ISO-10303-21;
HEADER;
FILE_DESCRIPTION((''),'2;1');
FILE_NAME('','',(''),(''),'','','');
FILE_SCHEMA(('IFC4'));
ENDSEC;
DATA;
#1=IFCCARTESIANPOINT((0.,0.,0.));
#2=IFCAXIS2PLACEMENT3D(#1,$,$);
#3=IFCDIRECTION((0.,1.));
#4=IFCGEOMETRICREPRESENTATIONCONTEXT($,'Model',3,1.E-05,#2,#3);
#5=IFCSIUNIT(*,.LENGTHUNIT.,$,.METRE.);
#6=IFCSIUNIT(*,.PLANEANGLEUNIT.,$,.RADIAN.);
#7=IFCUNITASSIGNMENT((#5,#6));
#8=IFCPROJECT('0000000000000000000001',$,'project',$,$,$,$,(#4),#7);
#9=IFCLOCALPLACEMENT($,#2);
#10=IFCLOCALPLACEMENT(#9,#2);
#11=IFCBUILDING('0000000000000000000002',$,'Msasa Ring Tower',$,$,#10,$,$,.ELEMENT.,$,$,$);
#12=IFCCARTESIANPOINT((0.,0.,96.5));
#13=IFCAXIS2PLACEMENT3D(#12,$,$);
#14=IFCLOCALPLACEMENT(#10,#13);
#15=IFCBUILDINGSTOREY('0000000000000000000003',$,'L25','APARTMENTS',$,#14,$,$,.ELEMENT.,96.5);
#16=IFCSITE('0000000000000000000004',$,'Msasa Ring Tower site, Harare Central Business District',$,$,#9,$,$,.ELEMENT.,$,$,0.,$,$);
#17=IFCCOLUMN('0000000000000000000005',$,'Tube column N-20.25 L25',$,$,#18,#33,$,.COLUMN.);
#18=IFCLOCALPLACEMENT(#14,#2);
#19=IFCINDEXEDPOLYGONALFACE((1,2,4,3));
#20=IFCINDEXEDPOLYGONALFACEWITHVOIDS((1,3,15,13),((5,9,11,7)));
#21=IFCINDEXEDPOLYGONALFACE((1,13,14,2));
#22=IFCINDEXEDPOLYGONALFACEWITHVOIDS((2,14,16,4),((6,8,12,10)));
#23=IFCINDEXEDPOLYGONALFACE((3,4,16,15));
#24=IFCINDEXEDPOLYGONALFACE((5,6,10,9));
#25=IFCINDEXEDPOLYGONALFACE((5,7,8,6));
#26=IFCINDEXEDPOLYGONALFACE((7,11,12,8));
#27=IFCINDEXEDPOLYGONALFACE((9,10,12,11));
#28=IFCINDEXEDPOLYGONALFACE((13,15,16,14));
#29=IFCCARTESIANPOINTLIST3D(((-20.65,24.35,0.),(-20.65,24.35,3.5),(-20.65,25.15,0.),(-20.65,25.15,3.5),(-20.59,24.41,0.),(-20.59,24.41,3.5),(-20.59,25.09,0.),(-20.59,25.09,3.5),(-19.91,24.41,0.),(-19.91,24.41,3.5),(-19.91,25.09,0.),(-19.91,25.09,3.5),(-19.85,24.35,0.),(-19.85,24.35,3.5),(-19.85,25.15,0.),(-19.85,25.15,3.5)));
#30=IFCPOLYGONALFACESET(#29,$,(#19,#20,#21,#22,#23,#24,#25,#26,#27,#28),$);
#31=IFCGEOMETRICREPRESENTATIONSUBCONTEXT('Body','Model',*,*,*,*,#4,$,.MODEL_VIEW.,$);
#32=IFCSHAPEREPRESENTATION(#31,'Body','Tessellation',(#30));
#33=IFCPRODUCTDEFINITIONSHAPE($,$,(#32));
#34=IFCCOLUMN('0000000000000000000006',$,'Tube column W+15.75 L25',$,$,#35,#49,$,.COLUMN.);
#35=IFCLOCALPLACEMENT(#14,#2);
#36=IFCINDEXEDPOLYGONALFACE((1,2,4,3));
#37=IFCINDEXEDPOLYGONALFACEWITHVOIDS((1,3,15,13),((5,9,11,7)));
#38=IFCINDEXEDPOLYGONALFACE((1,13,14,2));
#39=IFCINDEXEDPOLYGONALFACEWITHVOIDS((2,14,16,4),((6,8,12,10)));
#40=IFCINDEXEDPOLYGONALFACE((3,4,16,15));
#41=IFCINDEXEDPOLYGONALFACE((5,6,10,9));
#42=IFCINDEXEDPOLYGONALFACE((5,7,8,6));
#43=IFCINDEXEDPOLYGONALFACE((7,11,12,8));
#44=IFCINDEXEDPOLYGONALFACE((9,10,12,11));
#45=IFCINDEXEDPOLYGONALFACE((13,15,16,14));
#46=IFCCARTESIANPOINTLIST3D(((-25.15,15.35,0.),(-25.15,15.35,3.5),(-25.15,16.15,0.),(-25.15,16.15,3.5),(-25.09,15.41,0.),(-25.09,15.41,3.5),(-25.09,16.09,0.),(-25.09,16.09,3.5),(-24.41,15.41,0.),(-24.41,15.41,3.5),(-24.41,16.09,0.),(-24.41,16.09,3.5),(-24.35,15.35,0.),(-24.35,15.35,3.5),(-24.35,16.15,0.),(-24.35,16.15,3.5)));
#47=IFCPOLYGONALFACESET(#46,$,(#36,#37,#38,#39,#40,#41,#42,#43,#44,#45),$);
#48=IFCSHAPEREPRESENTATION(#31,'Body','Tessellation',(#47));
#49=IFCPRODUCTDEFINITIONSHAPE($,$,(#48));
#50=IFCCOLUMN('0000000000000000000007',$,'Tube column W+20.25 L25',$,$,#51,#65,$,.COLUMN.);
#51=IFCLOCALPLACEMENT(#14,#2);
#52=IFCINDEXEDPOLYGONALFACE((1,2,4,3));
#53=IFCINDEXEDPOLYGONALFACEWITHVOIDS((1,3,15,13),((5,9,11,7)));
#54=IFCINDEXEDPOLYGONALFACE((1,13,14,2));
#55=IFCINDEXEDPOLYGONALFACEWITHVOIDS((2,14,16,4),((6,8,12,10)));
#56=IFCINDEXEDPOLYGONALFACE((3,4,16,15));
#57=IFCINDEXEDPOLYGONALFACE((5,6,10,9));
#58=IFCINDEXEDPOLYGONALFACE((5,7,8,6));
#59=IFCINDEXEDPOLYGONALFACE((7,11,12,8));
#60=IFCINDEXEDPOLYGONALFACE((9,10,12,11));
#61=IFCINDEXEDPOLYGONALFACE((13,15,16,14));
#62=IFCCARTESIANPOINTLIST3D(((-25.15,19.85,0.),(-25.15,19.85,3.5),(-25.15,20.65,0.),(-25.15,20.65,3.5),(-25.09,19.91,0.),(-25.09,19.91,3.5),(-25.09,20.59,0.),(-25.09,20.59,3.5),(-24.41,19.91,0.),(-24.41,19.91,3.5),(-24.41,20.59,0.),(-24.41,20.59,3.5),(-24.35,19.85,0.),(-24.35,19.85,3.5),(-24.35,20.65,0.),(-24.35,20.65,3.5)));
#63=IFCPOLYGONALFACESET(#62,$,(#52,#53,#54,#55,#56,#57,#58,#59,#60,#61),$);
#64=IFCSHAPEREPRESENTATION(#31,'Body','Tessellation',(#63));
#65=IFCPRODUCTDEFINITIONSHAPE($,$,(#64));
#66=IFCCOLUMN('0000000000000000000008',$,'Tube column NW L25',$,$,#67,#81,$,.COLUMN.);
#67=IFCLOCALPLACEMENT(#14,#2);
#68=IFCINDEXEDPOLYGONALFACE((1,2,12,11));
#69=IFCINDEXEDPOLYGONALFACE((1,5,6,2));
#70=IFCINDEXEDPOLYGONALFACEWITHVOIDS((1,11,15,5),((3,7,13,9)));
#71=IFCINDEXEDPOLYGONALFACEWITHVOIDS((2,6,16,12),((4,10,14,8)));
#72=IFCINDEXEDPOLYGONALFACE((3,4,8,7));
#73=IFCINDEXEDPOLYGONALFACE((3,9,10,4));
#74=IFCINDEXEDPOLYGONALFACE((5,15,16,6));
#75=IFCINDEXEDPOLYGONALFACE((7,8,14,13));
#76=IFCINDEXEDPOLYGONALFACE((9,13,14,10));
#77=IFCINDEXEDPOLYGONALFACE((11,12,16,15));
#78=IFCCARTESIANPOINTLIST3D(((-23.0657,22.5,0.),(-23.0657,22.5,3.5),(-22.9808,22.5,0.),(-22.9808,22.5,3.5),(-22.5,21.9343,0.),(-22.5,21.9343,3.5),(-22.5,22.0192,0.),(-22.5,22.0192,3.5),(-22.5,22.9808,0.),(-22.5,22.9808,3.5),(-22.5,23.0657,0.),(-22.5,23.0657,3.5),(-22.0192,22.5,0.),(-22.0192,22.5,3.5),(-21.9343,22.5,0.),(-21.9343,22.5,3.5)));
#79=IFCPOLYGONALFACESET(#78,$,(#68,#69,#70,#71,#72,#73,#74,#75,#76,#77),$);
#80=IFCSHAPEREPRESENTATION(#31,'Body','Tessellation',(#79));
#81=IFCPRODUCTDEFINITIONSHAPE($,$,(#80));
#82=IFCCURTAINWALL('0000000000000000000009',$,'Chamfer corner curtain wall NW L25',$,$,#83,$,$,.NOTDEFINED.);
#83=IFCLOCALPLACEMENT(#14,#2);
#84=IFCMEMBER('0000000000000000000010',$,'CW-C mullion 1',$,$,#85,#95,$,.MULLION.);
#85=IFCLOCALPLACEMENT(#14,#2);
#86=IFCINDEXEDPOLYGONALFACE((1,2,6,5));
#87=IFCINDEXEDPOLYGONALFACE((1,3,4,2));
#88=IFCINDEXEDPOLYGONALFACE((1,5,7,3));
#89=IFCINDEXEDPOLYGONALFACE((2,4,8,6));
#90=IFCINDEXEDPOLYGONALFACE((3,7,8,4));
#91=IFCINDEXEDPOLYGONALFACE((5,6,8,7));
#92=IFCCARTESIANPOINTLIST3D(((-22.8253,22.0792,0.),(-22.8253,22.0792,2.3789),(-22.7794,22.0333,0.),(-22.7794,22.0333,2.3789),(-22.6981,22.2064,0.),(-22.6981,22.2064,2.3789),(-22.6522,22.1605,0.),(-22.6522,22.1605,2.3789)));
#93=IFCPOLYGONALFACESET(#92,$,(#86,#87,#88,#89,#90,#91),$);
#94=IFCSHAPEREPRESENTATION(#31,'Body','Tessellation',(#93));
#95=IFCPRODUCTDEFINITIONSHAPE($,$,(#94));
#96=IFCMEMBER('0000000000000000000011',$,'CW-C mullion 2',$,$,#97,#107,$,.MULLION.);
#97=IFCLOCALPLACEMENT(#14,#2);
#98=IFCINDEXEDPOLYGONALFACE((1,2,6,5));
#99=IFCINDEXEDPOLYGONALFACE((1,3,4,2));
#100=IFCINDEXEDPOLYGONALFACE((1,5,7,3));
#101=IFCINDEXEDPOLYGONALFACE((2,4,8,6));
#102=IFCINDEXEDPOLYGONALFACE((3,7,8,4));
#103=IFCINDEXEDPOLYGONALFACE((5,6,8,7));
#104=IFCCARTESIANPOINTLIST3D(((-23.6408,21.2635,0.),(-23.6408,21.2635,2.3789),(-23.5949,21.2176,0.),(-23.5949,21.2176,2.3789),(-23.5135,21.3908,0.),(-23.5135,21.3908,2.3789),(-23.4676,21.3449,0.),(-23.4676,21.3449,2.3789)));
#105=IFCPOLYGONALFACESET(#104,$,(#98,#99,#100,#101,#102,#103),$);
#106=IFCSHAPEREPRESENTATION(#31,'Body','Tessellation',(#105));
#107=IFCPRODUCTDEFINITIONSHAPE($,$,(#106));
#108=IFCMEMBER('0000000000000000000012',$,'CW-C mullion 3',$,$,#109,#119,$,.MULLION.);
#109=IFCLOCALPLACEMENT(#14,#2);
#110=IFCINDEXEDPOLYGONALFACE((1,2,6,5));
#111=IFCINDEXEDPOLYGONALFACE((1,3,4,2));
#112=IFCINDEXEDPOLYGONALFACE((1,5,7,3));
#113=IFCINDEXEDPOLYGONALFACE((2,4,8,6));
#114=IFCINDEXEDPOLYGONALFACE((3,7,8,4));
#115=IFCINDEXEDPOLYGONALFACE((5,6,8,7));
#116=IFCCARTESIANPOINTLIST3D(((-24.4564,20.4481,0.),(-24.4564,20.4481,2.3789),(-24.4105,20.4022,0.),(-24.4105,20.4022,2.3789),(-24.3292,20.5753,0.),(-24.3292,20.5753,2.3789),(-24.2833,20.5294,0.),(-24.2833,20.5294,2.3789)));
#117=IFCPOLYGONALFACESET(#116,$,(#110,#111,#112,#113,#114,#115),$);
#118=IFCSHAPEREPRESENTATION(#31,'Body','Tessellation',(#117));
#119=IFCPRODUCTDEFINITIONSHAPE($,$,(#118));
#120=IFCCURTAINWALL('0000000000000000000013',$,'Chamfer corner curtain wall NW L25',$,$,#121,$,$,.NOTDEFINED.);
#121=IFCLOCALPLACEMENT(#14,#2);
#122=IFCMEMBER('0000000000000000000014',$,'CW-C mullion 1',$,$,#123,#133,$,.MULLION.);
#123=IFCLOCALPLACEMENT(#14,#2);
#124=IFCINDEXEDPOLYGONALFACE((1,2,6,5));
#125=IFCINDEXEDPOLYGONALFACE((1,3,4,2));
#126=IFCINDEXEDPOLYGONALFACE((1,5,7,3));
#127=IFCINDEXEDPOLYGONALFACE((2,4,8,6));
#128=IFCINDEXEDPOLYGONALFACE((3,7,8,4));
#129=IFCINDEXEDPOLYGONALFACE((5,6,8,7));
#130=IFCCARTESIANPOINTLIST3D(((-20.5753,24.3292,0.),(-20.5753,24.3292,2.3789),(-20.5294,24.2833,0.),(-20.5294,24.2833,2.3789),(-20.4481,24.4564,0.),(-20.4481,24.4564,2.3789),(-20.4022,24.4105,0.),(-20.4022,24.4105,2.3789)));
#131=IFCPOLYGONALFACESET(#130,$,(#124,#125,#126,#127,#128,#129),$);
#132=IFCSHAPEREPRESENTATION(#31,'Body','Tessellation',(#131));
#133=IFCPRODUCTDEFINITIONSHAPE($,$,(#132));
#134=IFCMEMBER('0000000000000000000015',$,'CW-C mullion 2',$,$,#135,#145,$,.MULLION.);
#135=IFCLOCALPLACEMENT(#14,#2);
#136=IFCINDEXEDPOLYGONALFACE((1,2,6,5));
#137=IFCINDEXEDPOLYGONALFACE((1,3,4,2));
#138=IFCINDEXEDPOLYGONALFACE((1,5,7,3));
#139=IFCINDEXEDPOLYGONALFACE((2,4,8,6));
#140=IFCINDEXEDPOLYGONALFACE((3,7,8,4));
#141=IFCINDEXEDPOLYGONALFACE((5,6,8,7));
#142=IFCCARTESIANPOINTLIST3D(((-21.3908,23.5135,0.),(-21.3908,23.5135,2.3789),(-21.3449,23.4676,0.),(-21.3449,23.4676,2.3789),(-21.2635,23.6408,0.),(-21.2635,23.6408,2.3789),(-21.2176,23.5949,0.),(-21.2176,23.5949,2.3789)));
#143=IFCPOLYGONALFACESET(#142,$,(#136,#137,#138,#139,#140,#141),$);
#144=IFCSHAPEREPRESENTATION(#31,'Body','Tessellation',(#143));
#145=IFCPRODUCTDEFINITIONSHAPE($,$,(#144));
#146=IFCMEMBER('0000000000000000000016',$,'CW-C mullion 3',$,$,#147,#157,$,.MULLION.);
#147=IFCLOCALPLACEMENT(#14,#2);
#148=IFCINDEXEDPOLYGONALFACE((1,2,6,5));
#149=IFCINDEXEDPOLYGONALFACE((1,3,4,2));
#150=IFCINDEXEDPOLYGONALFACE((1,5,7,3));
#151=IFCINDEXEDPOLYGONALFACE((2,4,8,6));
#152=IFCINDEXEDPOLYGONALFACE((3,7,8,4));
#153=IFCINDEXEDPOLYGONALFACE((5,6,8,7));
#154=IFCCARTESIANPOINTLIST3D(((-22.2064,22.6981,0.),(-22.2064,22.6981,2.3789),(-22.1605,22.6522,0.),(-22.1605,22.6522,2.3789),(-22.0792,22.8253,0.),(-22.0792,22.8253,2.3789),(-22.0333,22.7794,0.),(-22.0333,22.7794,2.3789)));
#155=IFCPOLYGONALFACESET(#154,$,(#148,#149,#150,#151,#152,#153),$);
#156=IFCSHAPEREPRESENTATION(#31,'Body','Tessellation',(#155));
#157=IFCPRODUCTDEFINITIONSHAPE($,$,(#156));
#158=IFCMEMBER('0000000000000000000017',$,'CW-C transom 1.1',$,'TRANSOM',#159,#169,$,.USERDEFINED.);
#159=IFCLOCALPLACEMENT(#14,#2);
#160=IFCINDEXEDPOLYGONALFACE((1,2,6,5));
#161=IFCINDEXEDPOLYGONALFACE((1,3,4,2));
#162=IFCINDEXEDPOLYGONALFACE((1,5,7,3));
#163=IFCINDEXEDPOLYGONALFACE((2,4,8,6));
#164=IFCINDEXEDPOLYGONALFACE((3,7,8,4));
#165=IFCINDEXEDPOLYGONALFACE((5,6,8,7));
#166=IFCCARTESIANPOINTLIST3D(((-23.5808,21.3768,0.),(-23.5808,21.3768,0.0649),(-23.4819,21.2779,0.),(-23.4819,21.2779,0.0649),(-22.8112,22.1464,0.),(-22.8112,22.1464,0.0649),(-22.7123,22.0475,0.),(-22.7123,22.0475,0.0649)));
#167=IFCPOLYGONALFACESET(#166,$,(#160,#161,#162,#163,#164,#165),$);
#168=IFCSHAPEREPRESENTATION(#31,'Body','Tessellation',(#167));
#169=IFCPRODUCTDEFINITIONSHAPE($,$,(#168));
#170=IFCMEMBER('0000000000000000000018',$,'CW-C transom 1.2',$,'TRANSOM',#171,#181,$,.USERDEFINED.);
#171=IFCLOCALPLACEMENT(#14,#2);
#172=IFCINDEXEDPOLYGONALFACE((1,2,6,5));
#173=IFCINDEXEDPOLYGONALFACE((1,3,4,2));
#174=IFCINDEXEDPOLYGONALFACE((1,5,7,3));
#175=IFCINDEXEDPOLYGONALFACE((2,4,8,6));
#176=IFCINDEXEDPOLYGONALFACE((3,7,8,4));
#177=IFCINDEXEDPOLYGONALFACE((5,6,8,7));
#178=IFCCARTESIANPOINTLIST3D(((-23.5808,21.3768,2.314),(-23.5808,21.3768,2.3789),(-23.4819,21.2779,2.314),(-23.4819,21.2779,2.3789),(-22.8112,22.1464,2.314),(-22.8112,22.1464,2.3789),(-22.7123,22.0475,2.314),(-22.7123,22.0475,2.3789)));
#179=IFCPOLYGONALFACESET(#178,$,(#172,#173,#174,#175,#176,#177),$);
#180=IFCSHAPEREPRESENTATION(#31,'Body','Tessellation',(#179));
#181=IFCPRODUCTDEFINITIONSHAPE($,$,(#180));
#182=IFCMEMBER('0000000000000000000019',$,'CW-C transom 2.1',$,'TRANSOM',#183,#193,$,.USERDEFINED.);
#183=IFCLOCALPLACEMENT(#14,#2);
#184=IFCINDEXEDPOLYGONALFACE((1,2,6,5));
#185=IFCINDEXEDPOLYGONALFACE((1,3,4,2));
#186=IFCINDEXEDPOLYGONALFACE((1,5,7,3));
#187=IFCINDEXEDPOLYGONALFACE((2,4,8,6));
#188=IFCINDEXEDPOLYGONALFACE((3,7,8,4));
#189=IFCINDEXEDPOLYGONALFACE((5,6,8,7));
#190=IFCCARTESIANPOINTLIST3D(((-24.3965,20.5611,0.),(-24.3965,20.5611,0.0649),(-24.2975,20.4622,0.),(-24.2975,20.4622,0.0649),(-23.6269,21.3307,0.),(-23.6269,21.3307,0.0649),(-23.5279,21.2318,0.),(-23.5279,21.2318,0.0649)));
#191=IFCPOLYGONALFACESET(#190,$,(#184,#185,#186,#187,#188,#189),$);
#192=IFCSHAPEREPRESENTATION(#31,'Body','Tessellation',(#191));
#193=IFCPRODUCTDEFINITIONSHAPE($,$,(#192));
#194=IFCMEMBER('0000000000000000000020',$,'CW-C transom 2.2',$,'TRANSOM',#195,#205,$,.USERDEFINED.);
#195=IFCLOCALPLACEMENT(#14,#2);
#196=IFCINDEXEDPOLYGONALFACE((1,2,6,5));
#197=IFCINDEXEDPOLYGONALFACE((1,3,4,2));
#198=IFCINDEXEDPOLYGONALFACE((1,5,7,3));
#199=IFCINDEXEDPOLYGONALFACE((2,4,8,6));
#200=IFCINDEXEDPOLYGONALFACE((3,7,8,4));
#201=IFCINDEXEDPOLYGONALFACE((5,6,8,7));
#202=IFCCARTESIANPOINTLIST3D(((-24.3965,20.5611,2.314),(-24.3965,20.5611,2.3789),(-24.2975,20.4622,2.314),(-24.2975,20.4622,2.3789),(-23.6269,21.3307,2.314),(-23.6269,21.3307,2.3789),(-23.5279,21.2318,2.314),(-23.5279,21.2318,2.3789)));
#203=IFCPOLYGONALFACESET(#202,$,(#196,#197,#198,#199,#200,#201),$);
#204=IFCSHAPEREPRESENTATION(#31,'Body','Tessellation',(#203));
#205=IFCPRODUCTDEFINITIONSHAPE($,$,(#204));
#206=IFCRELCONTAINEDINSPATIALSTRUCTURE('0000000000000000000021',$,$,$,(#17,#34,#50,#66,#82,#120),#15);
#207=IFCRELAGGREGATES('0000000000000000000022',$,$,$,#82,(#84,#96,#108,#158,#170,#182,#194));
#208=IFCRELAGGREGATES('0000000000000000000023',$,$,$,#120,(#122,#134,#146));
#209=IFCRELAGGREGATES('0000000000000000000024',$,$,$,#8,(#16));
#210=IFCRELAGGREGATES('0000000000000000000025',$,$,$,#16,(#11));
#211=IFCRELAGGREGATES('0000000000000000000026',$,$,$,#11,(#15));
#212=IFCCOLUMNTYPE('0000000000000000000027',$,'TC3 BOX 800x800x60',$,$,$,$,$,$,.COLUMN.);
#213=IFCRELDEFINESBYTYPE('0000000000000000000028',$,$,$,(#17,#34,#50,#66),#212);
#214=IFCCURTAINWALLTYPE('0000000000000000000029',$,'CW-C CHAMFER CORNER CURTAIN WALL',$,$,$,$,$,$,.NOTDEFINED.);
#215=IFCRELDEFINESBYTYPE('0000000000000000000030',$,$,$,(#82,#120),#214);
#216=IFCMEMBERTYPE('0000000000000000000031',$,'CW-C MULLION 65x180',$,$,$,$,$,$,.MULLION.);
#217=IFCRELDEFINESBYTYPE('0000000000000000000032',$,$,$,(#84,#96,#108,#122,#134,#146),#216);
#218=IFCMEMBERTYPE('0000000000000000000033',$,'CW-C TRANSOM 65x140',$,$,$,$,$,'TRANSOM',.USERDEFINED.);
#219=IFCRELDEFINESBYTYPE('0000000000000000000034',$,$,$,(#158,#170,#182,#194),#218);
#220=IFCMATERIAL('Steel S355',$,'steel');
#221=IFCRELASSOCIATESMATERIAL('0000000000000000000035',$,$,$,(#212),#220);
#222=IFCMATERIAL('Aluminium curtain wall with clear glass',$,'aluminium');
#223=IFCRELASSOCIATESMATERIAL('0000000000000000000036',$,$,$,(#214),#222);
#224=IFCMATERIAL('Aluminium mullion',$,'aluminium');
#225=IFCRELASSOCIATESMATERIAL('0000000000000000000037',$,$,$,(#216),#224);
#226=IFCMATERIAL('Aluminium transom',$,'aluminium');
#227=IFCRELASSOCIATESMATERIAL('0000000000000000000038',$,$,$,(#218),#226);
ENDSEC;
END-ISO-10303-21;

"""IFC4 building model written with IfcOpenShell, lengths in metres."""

from ifc_helpers import new_model, si_unit, direction, frame, origin, origin_2d, place, context, subcontext, project, spatial, rectangle, hollow_rectangle, extrude, material, material_profile, profile_set, type_object, element, aggregate, save


model = new_model("IFC4")

# Units and contexts
model_context = context("Model", 3, precision=1e-05, world=origin(), true_north=direction((0.0, 1.0)))
body_context = subcontext(model_context, "Body", "Model", "MODEL_VIEW")
ifc_project = project(units=[si_unit("LENGTHUNIT", "METRE"), si_unit("PLANEANGLEUNIT", "RADIAN")], contexts=[model_context])

# Site, building, storey
site_placement = place(None, origin())
site = spatial("IfcSite", under=ifc_project, at=site_placement, Name="Msasa Ring Tower site, Harare Central Business District", CompositionType="ELEMENT", RefElevation=0.0)
building_placement = place(site_placement, origin())
building = spatial("IfcBuilding", under=site, at=building_placement, Name="Msasa Ring Tower", CompositionType="ELEMENT")
storey_placement = place(building_placement, frame((0.0, 0.0, 96.5)))
storey = spatial("IfcBuildingStorey", under=building, at=storey_placement, Name="L25", Description="APARTMENTS", CompositionType="ELEMENT", Elevation=96.5)

# Columns
ifc_material_1 = material(Name="Steel S355", Category="steel")
ifc_material_profile_1 = material_profile(ifc_material_1, hollow_rectangle(XDim=0.8, YDim=0.8, WallThickness=0.0601, at=origin_2d()), Name="BOX 800x800x60")
ifc_profile_set_1 = profile_set([ifc_material_profile_1], Name="Steel S355")
column_type = type_object("IfcColumnType", Name="TC3 BOX 800x800x60", PredefinedType="COLUMN", material=ifc_profile_set_1)
for number, where, z_axis, x_axis, name in (
    (1, (-20.25, 24.75, 0.0), (0.0, 0.0, 1.0), (0.0, 1.0, 0.0), "Tube column N-20.25 L25"),
    (2, (-24.75, 15.75, 0.0), (0.0, 0.0, 1.0), (1.0, 0.0, 0.0), "Tube column W+15.75 L25"),
    (3, (-24.75, 20.25, 0.0), (0.0, 0.0, 1.0), (1.0, 0.0, 0.0), "Tube column W+20.25 L25"),
    (4, (-22.5, 22.5, 0.0), (0.0, 0.0, 1.0), (0.707107, -0.707107, 0.0), "Tube column NW L25"),
):
    element("IfcColumn", number, at=place(storey_placement, frame(where, z_axis=z_axis, x_axis=x_axis)), inside=storey, type_object=column_type, Name=name, PredefinedType="COLUMN", context=body_context, shape_type="SweptSolid", body=[
        extrude(hollow_rectangle(XDim=0.8, YDim=0.8, WallThickness=0.0601, at=origin_2d()), origin(), (0.0, 0.0, 1.0), 3.5),
    ])

# Curtain walls, members
ifc_material_2 = material(Name="Aluminium curtain wall with clear glass", Category="aluminium")
curtain_wall_type = type_object("IfcCurtainWallType", Name="CW-C CHAMFER CORNER CURTAIN WALL", PredefinedType="NOTDEFINED", material=ifc_material_2)
curtain_wall_1_placement = place(storey_placement, origin())
curtain_wall_1 = element("IfcCurtainWall", 5, at=curtain_wall_1_placement, inside=storey, type_object=curtain_wall_type, Name="Chamfer corner curtain wall NW L25", PredefinedType="NOTDEFINED")
ifc_material_3 = material(Name="Aluminium mullion", Category="aluminium")
ifc_material_profile_2 = material_profile(ifc_material_3, rectangle(XDim=0.0649, YDim=0.1799, at=origin_2d()), Name="AL 65x180")
ifc_profile_set_2 = profile_set([ifc_material_profile_2], Name="Aluminium mullion")
member_type_1 = type_object("IfcMemberType", Name="CW-C MULLION 65x180", PredefinedType="MULLION", material=ifc_profile_set_2)
member_1_placement = place(storey_placement, frame((-22.7388, 22.1199, 0.0), z_axis=(0.0, 0.0, 1.0), x_axis=(0.707107, -0.707107, 0.0)))
member_1 = element("IfcMember", 6, at=member_1_placement, type_object=member_type_1, Name="CW-C mullion 1", PredefinedType="MULLION", context=body_context, shape_type="SweptSolid", body=[
    extrude(rectangle(XDim=0.0649, YDim=0.1799, at=origin_2d()), origin(), (0.0, 0.0, 1.0), 2.3789),
])
member_2_placement = place(storey_placement, frame((-23.5542, 21.3042, 0.0), z_axis=(0.0, 0.0, 1.0), x_axis=(0.707107, -0.707107, 0.0)))
member_2 = element("IfcMember", 7, at=member_2_placement, type_object=member_type_1, Name="CW-C mullion 2", PredefinedType="MULLION", context=body_context, shape_type="SweptSolid", body=[
    extrude(rectangle(XDim=0.0649, YDim=0.1799, at=origin_2d()), origin(), (0.0, 0.0, 1.0), 2.3789),
])
member_3_placement = place(storey_placement, frame((-24.3699, 20.4888, 0.0), z_axis=(0.0, 0.0, 1.0), x_axis=(0.707107, -0.707107, 0.0)))
member_3 = element("IfcMember", 8, at=member_3_placement, type_object=member_type_1, Name="CW-C mullion 3", PredefinedType="MULLION", context=body_context, shape_type="SweptSolid", body=[
    extrude(rectangle(XDim=0.0649, YDim=0.1799, at=origin_2d()), origin(), (0.0, 0.0, 1.0), 2.3789),
])
curtain_wall_2_placement = place(storey_placement, origin())
curtain_wall_2 = element("IfcCurtainWall", 9, at=curtain_wall_2_placement, inside=storey, type_object=curtain_wall_type, Name="Chamfer corner curtain wall NW L25", PredefinedType="NOTDEFINED")
member_4_placement = place(storey_placement, frame((-20.4888, 24.3699, 0.0), z_axis=(0.0, 0.0, 1.0), x_axis=(0.707107, -0.707107, 0.0)))
member_4 = element("IfcMember", 10, at=member_4_placement, type_object=member_type_1, Name="CW-C mullion 1", PredefinedType="MULLION", context=body_context, shape_type="SweptSolid", body=[
    extrude(rectangle(XDim=0.0649, YDim=0.1799, at=origin_2d()), origin(), (0.0, 0.0, 1.0), 2.3789),
])
member_5_placement = place(storey_placement, frame((-21.3042, 23.5542, 0.0), z_axis=(0.0, 0.0, 1.0), x_axis=(0.707107, -0.707107, 0.0)))
member_5 = element("IfcMember", 11, at=member_5_placement, type_object=member_type_1, Name="CW-C mullion 2", PredefinedType="MULLION", context=body_context, shape_type="SweptSolid", body=[
    extrude(rectangle(XDim=0.0649, YDim=0.1799, at=origin_2d()), origin(), (0.0, 0.0, 1.0), 2.3789),
])
member_6_placement = place(storey_placement, frame((-22.1199, 22.7388, 0.0), z_axis=(0.0, 0.0, 1.0), x_axis=(0.707107, -0.707107, 0.0)))
member_6 = element("IfcMember", 12, at=member_6_placement, type_object=member_type_1, Name="CW-C mullion 3", PredefinedType="MULLION", context=body_context, shape_type="SweptSolid", body=[
    extrude(rectangle(XDim=0.0649, YDim=0.1799, at=origin_2d()), origin(), (0.0, 0.0, 1.0), 2.3789),
])

# Members
ifc_material_4 = material(Name="Aluminium transom", Category="aluminium")
ifc_material_profile_3 = material_profile(ifc_material_4, rectangle(XDim=0.1399, YDim=0.0649, at=origin_2d()), Name="AL 65x140")
ifc_profile_set_3 = profile_set([ifc_material_profile_3], Name="Aluminium transom")
member_type_2 = type_object("IfcMemberType", Name="CW-C TRANSOM 65x140", ElementType="TRANSOM", PredefinedType="USERDEFINED", material=ifc_profile_set_3)
member_7_placement = place(storey_placement, frame((-22.7617, 22.0969, 0.0325), z_axis=(-0.707107, -0.707107, 0.0), x_axis=(0.707107, -0.707107, 0.0)))
member_7 = element("IfcMember", 13, at=member_7_placement, type_object=member_type_2, Name="CW-C transom 1.1", ObjectType="TRANSOM", PredefinedType="USERDEFINED", context=body_context, shape_type="SweptSolid", body=[
    extrude(rectangle(XDim=0.1399, YDim=0.0649, at=origin_2d()), origin(), (0.0, 0.0, 1.0), 1.0884),
])
member_8_placement = place(storey_placement, frame((-22.7617, 22.0969, 2.3464), z_axis=(-0.707107, -0.707107, 0.0), x_axis=(0.707107, -0.707107, 0.0)))
member_8 = element("IfcMember", 14, at=member_8_placement, type_object=member_type_2, Name="CW-C transom 1.2", ObjectType="TRANSOM", PredefinedType="USERDEFINED", context=body_context, shape_type="SweptSolid", body=[
    extrude(rectangle(XDim=0.1399, YDim=0.0649, at=origin_2d()), origin(), (0.0, 0.0, 1.0), 1.0884),
])
member_9_placement = place(storey_placement, frame((-23.5774, 21.2812, 0.0325), z_axis=(-0.707107, -0.707107, 0.0), x_axis=(0.707107, -0.707107, 0.0)))
member_9 = element("IfcMember", 15, at=member_9_placement, type_object=member_type_2, Name="CW-C transom 2.1", ObjectType="TRANSOM", PredefinedType="USERDEFINED", context=body_context, shape_type="SweptSolid", body=[
    extrude(rectangle(XDim=0.1399, YDim=0.0649, at=origin_2d()), origin(), (0.0, 0.0, 1.0), 1.0884),
])
member_10_placement = place(storey_placement, frame((-23.5774, 21.2812, 2.3464), z_axis=(-0.707107, -0.707107, 0.0), x_axis=(0.707107, -0.707107, 0.0)))
member_10 = element("IfcMember", 16, at=member_10_placement, type_object=member_type_2, Name="CW-C transom 2.2", ObjectType="TRANSOM", PredefinedType="USERDEFINED", context=body_context, shape_type="SweptSolid", body=[
    extrude(rectangle(XDim=0.1399, YDim=0.0649, at=origin_2d()), origin(), (0.0, 0.0, 1.0), 1.0884),
])

aggregate(curtain_wall_1, [member_1, member_2, member_3, member_7, member_8, member_9, member_10])
aggregate(curtain_wall_2, [member_4, member_5, member_6])

save(model, "model.ifc")
